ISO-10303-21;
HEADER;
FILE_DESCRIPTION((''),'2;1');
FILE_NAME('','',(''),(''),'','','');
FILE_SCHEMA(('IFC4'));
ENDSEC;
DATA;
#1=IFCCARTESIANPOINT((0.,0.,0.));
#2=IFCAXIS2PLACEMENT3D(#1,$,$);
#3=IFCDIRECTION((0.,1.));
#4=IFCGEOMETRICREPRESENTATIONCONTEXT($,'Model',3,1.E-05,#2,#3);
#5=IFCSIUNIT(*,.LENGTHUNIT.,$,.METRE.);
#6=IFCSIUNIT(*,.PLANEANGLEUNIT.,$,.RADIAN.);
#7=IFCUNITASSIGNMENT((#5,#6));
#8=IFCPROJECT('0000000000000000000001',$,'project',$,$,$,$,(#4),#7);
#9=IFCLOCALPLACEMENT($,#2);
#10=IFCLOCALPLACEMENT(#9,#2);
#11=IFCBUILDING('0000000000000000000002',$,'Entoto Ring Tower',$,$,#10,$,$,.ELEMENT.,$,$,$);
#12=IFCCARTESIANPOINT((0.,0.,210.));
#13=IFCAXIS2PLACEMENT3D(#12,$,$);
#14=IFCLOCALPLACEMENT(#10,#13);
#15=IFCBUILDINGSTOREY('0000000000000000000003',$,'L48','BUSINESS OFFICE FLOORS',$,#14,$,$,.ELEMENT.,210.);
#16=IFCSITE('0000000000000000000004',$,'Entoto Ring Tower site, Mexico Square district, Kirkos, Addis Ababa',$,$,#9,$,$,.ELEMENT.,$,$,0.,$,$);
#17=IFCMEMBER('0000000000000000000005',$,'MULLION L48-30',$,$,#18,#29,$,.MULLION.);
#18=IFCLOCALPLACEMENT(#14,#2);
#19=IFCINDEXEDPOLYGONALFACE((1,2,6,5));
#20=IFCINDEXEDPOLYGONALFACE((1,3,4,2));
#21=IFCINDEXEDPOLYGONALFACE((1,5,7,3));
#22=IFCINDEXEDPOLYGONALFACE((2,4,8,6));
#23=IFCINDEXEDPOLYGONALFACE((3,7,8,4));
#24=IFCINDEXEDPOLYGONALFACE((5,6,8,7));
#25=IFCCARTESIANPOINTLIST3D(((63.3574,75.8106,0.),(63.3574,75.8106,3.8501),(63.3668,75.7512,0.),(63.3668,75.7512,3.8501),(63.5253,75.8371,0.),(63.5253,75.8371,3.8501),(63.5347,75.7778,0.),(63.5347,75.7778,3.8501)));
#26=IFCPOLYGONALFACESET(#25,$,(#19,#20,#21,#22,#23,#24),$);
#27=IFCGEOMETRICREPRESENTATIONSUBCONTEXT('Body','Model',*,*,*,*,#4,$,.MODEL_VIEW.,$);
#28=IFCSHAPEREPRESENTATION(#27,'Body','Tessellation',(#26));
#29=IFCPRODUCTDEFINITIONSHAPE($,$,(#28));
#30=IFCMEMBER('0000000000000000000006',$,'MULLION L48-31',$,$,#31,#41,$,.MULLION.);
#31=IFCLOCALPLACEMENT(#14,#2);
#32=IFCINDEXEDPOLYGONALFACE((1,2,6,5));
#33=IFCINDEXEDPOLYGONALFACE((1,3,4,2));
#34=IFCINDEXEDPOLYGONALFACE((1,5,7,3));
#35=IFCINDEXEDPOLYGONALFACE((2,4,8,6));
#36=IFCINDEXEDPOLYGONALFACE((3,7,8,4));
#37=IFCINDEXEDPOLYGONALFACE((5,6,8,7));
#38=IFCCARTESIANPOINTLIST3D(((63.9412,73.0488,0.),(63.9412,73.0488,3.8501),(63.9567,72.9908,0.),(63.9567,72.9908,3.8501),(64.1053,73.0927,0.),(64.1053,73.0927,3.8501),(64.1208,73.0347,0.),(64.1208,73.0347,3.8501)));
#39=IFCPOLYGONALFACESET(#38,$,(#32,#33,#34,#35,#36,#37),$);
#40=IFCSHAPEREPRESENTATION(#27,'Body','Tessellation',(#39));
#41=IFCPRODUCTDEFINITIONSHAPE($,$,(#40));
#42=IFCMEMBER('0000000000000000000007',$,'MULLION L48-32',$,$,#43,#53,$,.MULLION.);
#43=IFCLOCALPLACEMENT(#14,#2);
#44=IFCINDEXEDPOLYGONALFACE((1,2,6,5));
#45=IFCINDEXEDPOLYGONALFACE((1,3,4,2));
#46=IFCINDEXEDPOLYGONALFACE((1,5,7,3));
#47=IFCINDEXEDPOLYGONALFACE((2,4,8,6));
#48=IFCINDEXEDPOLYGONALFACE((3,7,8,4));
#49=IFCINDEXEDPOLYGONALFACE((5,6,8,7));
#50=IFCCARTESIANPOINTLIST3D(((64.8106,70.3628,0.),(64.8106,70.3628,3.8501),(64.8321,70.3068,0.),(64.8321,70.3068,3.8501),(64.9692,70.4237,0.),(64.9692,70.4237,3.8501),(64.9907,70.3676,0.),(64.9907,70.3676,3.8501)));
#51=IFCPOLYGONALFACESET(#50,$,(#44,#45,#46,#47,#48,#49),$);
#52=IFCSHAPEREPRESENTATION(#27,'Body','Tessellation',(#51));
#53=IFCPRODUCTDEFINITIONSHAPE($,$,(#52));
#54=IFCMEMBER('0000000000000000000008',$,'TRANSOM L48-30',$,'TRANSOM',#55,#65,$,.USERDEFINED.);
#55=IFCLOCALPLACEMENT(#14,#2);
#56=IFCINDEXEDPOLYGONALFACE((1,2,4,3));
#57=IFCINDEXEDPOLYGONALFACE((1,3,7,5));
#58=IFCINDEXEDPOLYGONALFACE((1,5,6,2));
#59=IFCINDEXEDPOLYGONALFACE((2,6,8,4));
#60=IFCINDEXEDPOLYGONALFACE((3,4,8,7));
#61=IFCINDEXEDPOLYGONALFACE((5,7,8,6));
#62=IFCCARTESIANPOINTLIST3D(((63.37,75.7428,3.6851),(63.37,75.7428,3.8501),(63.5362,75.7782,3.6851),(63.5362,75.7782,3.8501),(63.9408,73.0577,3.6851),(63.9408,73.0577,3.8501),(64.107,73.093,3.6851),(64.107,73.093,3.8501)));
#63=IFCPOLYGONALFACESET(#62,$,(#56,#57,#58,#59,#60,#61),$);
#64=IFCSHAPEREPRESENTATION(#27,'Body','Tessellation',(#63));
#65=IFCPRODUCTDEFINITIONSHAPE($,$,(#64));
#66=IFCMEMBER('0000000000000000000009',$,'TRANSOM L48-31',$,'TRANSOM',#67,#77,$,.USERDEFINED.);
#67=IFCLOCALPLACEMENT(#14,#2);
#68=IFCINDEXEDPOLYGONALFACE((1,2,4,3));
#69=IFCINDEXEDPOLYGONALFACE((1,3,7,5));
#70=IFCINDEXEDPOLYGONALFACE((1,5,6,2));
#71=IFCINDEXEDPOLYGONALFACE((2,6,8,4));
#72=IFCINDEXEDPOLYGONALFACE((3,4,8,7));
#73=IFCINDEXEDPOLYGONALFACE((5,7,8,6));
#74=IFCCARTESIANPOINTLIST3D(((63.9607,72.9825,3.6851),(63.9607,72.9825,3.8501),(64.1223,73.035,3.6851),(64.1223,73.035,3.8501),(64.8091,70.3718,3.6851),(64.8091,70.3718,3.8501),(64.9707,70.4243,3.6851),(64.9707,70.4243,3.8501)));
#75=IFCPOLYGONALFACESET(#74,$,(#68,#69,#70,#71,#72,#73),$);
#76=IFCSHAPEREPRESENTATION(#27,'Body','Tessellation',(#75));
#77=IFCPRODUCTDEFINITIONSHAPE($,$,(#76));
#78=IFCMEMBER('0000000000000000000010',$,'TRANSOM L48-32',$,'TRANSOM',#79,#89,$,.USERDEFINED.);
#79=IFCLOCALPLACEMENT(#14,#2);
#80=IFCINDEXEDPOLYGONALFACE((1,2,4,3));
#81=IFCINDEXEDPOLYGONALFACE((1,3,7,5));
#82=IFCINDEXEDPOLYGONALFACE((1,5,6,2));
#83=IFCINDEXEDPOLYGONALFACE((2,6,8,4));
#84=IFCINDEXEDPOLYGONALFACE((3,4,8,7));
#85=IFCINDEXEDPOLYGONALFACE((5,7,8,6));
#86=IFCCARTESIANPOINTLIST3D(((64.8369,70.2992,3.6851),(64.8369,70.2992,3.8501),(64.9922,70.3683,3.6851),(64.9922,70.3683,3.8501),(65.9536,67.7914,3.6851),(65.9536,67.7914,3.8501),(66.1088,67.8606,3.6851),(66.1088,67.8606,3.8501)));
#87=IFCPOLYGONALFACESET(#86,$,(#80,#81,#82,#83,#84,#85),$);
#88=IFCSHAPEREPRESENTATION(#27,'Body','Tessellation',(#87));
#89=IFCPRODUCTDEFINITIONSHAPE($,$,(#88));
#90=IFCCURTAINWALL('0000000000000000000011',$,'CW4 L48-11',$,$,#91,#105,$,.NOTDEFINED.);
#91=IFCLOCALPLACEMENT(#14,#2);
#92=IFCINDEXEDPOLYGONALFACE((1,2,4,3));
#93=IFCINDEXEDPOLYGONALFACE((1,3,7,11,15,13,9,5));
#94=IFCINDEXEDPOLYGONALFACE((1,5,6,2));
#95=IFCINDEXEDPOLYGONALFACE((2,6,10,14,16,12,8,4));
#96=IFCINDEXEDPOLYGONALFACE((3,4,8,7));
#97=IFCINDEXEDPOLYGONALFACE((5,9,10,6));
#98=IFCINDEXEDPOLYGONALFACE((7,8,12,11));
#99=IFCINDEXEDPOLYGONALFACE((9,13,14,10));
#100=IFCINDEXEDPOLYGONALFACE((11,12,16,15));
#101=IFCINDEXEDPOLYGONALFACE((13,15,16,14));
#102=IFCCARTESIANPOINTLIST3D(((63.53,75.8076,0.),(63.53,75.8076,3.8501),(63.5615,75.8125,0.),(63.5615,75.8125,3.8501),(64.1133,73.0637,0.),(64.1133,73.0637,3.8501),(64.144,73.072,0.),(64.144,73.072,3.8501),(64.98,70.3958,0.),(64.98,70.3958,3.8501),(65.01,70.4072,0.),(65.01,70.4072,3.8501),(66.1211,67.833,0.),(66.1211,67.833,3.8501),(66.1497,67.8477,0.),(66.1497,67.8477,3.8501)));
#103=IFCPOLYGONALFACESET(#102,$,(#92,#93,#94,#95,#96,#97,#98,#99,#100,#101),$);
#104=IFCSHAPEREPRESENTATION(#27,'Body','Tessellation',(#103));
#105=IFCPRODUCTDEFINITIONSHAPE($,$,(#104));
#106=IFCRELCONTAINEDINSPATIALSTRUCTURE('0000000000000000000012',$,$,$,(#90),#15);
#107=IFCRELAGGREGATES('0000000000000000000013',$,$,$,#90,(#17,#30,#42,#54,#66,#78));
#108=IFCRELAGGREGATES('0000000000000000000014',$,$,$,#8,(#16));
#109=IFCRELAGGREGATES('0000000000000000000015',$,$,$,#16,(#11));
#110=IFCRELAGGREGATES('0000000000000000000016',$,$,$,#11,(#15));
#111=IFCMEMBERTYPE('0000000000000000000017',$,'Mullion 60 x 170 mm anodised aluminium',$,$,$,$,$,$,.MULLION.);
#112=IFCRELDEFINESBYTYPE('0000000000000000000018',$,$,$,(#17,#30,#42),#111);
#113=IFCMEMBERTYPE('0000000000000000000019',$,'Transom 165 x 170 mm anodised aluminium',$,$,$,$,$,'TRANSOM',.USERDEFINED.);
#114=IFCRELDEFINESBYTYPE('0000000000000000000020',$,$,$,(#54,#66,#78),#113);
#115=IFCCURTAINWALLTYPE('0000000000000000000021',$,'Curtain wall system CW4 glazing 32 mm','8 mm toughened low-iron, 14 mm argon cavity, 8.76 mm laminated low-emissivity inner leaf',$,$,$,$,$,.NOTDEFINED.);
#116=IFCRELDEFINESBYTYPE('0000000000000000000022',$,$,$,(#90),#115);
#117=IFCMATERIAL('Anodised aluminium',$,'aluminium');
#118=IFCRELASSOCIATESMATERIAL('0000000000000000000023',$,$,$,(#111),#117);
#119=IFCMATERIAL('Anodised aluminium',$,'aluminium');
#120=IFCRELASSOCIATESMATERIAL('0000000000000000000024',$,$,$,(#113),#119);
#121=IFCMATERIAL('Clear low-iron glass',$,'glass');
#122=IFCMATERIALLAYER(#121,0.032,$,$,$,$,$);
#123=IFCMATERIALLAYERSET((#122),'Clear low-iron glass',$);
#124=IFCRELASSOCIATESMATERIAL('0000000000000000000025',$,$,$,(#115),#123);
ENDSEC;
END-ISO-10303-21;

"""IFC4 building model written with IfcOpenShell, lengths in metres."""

from ifc_helpers import new_model, si_unit, direction, frame, origin, origin_2d, place, context, subcontext, project, spatial, polyline, rectangle, outline, extrude, material, layer, layer_set, material_profile, profile_set, type_object, element, aggregate, save


model = new_model("IFC4")

# Units and contexts
model_context = context("Model", 3, precision=1e-05, world=origin(), true_north=direction((0.0, 1.0)))
body_context = subcontext(model_context, "Body", "Model", "MODEL_VIEW")
ifc_project = project(units=[si_unit("LENGTHUNIT", "METRE"), si_unit("PLANEANGLEUNIT", "RADIAN")], contexts=[model_context])

# Members
ifc_material_1 = material(Name="Anodised aluminium", Category="aluminium")
ifc_material_profile_1 = material_profile(ifc_material_1, rectangle(XDim=0.0601, YDim=0.1699, at=origin_2d()), Name="Mullion 60 x 170 mm anodised aluminium")
ifc_profile_set_1 = profile_set([ifc_material_profile_1], Name="Anodised aluminium")
member_type_1 = type_object("IfcMemberType", Name="Mullion 60 x 170 mm anodised aluminium", PredefinedType="MULLION", material=ifc_profile_set_1)
site_placement = place(None, origin())
building_placement = place(site_placement, origin())
storey_placement = place(building_placement, frame((0.0, 0.0, 210.0)))
member_1_placement = place(storey_placement, frame((63.446, 75.7942, 0.0), z_axis=(0.0, 0.0, 1.0), x_axis=(0.156434, -0.987688, 0.0)))
member_1 = element("IfcMember", 1, at=member_1_placement, type_object=member_type_1, Name="MULLION L48-30", PredefinedType="MULLION", context=body_context, shape_type="SweptSolid", body=[
    extrude(rectangle(XDim=0.0601, YDim=0.1699, at=origin_2d()), origin(), (0.0, 0.0, 1.0), 3.8501),
])
member_2_placement = place(storey_placement, frame((64.031, 73.0417, 0.0), z_axis=(0.0, 0.0, 1.0), x_axis=(0.258819, -0.965926, 0.0)))
member_2 = element("IfcMember", 2, at=member_2_placement, type_object=member_type_1, Name="MULLION L48-31", PredefinedType="MULLION", context=body_context, shape_type="SweptSolid", body=[
    extrude(rectangle(XDim=0.0601, YDim=0.1699, at=origin_2d()), origin(), (0.0, 0.0, 1.0), 3.8501),
])
member_3_placement = place(storey_placement, frame((64.9006, 70.3652, 0.0), z_axis=(0.0, 0.0, 1.0), x_axis=(0.358368, -0.93358, 0.0)))
member_3 = element("IfcMember", 3, at=member_3_placement, type_object=member_type_1, Name="MULLION L48-32", PredefinedType="MULLION", context=body_context, shape_type="SweptSolid", body=[
    extrude(rectangle(XDim=0.0601, YDim=0.1699, at=origin_2d()), origin(), (0.0, 0.0, 1.0), 3.8501),
])
ifc_material_2 = material(Name="Anodised aluminium", Category="aluminium")
ifc_material_profile_2 = material_profile(ifc_material_2, rectangle(XDim=0.1699, YDim=0.165, at=origin_2d()), Name="Transom 165 x 170 mm anodised aluminium")
ifc_profile_set_2 = profile_set([ifc_material_profile_2], Name="Anodised aluminium")
member_type_2 = type_object("IfcMemberType", Name="Transom 165 x 170 mm anodised aluminium", ElementType="TRANSOM", PredefinedType="USERDEFINED", material=ifc_profile_set_2)
member_4_placement = place(storey_placement, frame((63.4531, 75.7605, 3.7676), z_axis=(0.207937, -0.978142, 0.0), x_axis=(0.978142, 0.207937, 0.0)))
member_4 = element("IfcMember", 4, at=member_4_placement, type_object=member_type_2, Name="TRANSOM L48-30", ObjectType="TRANSOM", PredefinedType="USERDEFINED", context=body_context, shape_type="SweptSolid", body=[
    extrude(rectangle(XDim=0.1699, YDim=0.165, at=origin_2d()), origin(), (0.0, 0.0, 1.0), 2.7451),
])
member_5_placement = place(storey_placement, frame((64.0415, 73.0088, 3.7676), z_axis=(0.309042, -0.951048, 0.0), x_axis=(0.951048, 0.309042, 0.0)))
member_5 = element("IfcMember", 5, at=member_5_placement, type_object=member_type_2, Name="TRANSOM L48-31", ObjectType="TRANSOM", PredefinedType="USERDEFINED", context=body_context, shape_type="SweptSolid", body=[
    extrude(rectangle(XDim=0.1699, YDim=0.165, at=origin_2d()), origin(), (0.0, 0.0, 1.0), 2.7451),
])
member_6_placement = place(storey_placement, frame((64.9146, 70.3337, 3.7676), z_axis=(0.406782, -0.913525, 0.0), x_axis=(0.913525, 0.406782, 0.0)))
member_6 = element("IfcMember", 6, at=member_6_placement, type_object=member_type_2, Name="TRANSOM L48-32", ObjectType="TRANSOM", PredefinedType="USERDEFINED", context=body_context, shape_type="SweptSolid", body=[
    extrude(rectangle(XDim=0.1699, YDim=0.165, at=origin_2d()), origin(), (0.0, 0.0, 1.0), 2.7451),
])

# Site, building, storey
site = spatial("IfcSite", under=ifc_project, at=site_placement, Name="Entoto Ring Tower site, Mexico Square district, Kirkos, Addis Ababa", CompositionType="ELEMENT", RefElevation=0.0)
building = spatial("IfcBuilding", under=site, at=building_placement, Name="Entoto Ring Tower", CompositionType="ELEMENT")
storey = spatial("IfcBuildingStorey", under=building, at=storey_placement, Name="L48", Description="BUSINESS OFFICE FLOORS", CompositionType="ELEMENT", Elevation=210.0)

# Curtain wall
ifc_material_3 = material(Name="Clear low-iron glass", Category="glass")
ifc_layer = layer(ifc_material_3, 0.032)
ifc_layer_set = layer_set([ifc_layer], Name="Clear low-iron glass")
curtain_wall_type = type_object("IfcCurtainWallType", Name="Curtain wall system CW4 glazing 32 mm", Description="8 mm toughened low-iron, 14 mm argon cavity, 8.76 mm laminated low-emissivity inner leaf", PredefinedType="NOTDEFINED", material=ifc_layer_set)
curtain_wall_1_placement = place(storey_placement, origin())
curtain_wall_1 = element("IfcCurtainWall", 7, at=curtain_wall_1_placement, inside=storey, type_object=curtain_wall_type, Name="CW4 L48-11", PredefinedType="NOTDEFINED", context=body_context, shape_type="SweptSolid", body=[
    extrude(outline(polyline([(63.53, 75.8076), (64.1133, 73.0637), (64.98, 70.3958), (66.1211, 67.833), (66.1497, 67.8477), (65.01, 70.4072), (64.144, 73.072), (63.5615, 75.8125), (63.53, 75.8076)])), origin(), (0.0, 0.0, 1.0), 3.8501),
])
aggregate(curtain_wall_1, [member_1, member_2, member_3, member_4, member_5, member_6])

save(model, "model.ifc")
